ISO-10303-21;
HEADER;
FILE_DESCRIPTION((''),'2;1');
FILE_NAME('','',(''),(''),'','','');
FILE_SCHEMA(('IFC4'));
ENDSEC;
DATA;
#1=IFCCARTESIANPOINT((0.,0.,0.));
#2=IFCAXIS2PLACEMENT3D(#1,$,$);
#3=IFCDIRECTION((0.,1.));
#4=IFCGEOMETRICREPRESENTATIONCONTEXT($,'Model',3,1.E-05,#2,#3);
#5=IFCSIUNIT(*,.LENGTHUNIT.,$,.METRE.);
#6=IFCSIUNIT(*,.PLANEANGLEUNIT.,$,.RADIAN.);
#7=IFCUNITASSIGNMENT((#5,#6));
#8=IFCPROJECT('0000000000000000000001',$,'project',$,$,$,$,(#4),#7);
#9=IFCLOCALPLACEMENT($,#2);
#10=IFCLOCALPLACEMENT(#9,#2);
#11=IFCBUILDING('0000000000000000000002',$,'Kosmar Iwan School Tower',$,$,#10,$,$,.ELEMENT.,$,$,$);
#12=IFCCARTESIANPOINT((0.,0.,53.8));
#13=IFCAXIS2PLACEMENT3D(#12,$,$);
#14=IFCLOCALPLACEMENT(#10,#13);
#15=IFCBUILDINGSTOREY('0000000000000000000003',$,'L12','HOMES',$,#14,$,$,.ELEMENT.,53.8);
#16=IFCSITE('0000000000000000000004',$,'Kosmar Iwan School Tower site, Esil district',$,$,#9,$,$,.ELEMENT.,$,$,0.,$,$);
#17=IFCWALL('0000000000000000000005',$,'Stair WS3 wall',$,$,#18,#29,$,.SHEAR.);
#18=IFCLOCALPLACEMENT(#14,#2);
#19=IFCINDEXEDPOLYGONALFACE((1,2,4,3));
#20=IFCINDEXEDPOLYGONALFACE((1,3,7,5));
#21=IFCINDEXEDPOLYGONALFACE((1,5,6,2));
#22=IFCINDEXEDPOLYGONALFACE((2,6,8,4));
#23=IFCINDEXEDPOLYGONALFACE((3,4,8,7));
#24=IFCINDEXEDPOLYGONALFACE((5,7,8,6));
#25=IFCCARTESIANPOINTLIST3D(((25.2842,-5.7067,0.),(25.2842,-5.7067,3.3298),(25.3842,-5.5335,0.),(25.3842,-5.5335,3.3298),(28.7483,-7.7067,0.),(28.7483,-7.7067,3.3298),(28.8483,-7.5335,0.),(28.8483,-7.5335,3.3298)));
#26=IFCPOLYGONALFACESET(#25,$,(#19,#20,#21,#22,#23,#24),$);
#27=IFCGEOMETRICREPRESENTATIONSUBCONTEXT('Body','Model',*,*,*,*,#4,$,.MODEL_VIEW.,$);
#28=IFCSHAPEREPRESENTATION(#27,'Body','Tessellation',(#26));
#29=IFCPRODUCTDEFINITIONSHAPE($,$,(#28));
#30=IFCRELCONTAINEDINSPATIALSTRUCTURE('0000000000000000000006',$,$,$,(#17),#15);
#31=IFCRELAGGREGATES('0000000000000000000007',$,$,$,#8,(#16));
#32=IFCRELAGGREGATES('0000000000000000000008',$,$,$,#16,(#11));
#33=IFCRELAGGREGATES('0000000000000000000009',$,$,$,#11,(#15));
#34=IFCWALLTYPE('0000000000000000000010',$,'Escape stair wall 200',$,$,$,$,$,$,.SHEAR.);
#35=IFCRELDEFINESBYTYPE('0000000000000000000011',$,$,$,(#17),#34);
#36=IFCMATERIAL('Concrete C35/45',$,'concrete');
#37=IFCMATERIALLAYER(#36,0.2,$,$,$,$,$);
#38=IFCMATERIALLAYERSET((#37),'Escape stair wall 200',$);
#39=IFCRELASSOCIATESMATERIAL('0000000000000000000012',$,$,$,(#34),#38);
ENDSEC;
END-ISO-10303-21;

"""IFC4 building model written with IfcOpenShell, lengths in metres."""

from ifc_helpers import new_model, si_unit, direction, frame, frame_2d, origin, place, context, subcontext, project, spatial, rectangle, extrude, material, layer, layer_set, type_object, element, save


model = new_model("IFC4")

# Units and contexts
model_context = context("Model", 3, precision=1e-05, world=origin(), true_north=direction((0.0, 1.0)))
body_context = subcontext(model_context, "Body", "Model", "MODEL_VIEW")
ifc_project = project(units=[si_unit("LENGTHUNIT", "METRE"), si_unit("PLANEANGLEUNIT", "RADIAN")], contexts=[model_context])

# Site, building, storey
site_placement = place(None, origin())
site = spatial("IfcSite", under=ifc_project, at=site_placement, Name="Kosmar Iwan School Tower site, Esil district", CompositionType="ELEMENT", RefElevation=0.0)
building_placement = place(site_placement, origin())
building = spatial("IfcBuilding", under=site, at=building_placement, Name="Kosmar Iwan School Tower", CompositionType="ELEMENT")
storey_placement = place(building_placement, frame((0.0, 0.0, 53.8)))
storey = spatial("IfcBuildingStorey", under=building, at=storey_placement, Name="L12", Description="HOMES", CompositionType="ELEMENT", Elevation=53.8)

# Wall
ifc_material_1 = material(Name="Concrete C35/45", Category="concrete")
ifc_layer_1 = layer(ifc_material_1, 0.2)
ifc_layer_set_1 = layer_set([ifc_layer_1], Name="Escape stair wall 200")
wall_type_1 = type_object("IfcWallType", Name="Escape stair wall 200", PredefinedType="SHEAR", material=ifc_layer_set_1)
wall_1_placement = place(storey_placement, frame((25.3342, -5.6201, 0.0), z_axis=(0.0, 0.0, 1.0), x_axis=(0.866026, -0.499999, 0.0)))
element("IfcWall", 1, at=wall_1_placement, inside=storey, type_object=wall_type_1, Name="Stair WS3 wall", PredefinedType="SHEAR", context=body_context, shape_type="SweptSolid", body=[
    extrude(rectangle(XDim=4.0, YDim=0.2, at=frame_2d((2.0, 0.0))), origin(), (0.0, 0.0, 1.0), 3.3298),
])

save(model, "model.ifc")
